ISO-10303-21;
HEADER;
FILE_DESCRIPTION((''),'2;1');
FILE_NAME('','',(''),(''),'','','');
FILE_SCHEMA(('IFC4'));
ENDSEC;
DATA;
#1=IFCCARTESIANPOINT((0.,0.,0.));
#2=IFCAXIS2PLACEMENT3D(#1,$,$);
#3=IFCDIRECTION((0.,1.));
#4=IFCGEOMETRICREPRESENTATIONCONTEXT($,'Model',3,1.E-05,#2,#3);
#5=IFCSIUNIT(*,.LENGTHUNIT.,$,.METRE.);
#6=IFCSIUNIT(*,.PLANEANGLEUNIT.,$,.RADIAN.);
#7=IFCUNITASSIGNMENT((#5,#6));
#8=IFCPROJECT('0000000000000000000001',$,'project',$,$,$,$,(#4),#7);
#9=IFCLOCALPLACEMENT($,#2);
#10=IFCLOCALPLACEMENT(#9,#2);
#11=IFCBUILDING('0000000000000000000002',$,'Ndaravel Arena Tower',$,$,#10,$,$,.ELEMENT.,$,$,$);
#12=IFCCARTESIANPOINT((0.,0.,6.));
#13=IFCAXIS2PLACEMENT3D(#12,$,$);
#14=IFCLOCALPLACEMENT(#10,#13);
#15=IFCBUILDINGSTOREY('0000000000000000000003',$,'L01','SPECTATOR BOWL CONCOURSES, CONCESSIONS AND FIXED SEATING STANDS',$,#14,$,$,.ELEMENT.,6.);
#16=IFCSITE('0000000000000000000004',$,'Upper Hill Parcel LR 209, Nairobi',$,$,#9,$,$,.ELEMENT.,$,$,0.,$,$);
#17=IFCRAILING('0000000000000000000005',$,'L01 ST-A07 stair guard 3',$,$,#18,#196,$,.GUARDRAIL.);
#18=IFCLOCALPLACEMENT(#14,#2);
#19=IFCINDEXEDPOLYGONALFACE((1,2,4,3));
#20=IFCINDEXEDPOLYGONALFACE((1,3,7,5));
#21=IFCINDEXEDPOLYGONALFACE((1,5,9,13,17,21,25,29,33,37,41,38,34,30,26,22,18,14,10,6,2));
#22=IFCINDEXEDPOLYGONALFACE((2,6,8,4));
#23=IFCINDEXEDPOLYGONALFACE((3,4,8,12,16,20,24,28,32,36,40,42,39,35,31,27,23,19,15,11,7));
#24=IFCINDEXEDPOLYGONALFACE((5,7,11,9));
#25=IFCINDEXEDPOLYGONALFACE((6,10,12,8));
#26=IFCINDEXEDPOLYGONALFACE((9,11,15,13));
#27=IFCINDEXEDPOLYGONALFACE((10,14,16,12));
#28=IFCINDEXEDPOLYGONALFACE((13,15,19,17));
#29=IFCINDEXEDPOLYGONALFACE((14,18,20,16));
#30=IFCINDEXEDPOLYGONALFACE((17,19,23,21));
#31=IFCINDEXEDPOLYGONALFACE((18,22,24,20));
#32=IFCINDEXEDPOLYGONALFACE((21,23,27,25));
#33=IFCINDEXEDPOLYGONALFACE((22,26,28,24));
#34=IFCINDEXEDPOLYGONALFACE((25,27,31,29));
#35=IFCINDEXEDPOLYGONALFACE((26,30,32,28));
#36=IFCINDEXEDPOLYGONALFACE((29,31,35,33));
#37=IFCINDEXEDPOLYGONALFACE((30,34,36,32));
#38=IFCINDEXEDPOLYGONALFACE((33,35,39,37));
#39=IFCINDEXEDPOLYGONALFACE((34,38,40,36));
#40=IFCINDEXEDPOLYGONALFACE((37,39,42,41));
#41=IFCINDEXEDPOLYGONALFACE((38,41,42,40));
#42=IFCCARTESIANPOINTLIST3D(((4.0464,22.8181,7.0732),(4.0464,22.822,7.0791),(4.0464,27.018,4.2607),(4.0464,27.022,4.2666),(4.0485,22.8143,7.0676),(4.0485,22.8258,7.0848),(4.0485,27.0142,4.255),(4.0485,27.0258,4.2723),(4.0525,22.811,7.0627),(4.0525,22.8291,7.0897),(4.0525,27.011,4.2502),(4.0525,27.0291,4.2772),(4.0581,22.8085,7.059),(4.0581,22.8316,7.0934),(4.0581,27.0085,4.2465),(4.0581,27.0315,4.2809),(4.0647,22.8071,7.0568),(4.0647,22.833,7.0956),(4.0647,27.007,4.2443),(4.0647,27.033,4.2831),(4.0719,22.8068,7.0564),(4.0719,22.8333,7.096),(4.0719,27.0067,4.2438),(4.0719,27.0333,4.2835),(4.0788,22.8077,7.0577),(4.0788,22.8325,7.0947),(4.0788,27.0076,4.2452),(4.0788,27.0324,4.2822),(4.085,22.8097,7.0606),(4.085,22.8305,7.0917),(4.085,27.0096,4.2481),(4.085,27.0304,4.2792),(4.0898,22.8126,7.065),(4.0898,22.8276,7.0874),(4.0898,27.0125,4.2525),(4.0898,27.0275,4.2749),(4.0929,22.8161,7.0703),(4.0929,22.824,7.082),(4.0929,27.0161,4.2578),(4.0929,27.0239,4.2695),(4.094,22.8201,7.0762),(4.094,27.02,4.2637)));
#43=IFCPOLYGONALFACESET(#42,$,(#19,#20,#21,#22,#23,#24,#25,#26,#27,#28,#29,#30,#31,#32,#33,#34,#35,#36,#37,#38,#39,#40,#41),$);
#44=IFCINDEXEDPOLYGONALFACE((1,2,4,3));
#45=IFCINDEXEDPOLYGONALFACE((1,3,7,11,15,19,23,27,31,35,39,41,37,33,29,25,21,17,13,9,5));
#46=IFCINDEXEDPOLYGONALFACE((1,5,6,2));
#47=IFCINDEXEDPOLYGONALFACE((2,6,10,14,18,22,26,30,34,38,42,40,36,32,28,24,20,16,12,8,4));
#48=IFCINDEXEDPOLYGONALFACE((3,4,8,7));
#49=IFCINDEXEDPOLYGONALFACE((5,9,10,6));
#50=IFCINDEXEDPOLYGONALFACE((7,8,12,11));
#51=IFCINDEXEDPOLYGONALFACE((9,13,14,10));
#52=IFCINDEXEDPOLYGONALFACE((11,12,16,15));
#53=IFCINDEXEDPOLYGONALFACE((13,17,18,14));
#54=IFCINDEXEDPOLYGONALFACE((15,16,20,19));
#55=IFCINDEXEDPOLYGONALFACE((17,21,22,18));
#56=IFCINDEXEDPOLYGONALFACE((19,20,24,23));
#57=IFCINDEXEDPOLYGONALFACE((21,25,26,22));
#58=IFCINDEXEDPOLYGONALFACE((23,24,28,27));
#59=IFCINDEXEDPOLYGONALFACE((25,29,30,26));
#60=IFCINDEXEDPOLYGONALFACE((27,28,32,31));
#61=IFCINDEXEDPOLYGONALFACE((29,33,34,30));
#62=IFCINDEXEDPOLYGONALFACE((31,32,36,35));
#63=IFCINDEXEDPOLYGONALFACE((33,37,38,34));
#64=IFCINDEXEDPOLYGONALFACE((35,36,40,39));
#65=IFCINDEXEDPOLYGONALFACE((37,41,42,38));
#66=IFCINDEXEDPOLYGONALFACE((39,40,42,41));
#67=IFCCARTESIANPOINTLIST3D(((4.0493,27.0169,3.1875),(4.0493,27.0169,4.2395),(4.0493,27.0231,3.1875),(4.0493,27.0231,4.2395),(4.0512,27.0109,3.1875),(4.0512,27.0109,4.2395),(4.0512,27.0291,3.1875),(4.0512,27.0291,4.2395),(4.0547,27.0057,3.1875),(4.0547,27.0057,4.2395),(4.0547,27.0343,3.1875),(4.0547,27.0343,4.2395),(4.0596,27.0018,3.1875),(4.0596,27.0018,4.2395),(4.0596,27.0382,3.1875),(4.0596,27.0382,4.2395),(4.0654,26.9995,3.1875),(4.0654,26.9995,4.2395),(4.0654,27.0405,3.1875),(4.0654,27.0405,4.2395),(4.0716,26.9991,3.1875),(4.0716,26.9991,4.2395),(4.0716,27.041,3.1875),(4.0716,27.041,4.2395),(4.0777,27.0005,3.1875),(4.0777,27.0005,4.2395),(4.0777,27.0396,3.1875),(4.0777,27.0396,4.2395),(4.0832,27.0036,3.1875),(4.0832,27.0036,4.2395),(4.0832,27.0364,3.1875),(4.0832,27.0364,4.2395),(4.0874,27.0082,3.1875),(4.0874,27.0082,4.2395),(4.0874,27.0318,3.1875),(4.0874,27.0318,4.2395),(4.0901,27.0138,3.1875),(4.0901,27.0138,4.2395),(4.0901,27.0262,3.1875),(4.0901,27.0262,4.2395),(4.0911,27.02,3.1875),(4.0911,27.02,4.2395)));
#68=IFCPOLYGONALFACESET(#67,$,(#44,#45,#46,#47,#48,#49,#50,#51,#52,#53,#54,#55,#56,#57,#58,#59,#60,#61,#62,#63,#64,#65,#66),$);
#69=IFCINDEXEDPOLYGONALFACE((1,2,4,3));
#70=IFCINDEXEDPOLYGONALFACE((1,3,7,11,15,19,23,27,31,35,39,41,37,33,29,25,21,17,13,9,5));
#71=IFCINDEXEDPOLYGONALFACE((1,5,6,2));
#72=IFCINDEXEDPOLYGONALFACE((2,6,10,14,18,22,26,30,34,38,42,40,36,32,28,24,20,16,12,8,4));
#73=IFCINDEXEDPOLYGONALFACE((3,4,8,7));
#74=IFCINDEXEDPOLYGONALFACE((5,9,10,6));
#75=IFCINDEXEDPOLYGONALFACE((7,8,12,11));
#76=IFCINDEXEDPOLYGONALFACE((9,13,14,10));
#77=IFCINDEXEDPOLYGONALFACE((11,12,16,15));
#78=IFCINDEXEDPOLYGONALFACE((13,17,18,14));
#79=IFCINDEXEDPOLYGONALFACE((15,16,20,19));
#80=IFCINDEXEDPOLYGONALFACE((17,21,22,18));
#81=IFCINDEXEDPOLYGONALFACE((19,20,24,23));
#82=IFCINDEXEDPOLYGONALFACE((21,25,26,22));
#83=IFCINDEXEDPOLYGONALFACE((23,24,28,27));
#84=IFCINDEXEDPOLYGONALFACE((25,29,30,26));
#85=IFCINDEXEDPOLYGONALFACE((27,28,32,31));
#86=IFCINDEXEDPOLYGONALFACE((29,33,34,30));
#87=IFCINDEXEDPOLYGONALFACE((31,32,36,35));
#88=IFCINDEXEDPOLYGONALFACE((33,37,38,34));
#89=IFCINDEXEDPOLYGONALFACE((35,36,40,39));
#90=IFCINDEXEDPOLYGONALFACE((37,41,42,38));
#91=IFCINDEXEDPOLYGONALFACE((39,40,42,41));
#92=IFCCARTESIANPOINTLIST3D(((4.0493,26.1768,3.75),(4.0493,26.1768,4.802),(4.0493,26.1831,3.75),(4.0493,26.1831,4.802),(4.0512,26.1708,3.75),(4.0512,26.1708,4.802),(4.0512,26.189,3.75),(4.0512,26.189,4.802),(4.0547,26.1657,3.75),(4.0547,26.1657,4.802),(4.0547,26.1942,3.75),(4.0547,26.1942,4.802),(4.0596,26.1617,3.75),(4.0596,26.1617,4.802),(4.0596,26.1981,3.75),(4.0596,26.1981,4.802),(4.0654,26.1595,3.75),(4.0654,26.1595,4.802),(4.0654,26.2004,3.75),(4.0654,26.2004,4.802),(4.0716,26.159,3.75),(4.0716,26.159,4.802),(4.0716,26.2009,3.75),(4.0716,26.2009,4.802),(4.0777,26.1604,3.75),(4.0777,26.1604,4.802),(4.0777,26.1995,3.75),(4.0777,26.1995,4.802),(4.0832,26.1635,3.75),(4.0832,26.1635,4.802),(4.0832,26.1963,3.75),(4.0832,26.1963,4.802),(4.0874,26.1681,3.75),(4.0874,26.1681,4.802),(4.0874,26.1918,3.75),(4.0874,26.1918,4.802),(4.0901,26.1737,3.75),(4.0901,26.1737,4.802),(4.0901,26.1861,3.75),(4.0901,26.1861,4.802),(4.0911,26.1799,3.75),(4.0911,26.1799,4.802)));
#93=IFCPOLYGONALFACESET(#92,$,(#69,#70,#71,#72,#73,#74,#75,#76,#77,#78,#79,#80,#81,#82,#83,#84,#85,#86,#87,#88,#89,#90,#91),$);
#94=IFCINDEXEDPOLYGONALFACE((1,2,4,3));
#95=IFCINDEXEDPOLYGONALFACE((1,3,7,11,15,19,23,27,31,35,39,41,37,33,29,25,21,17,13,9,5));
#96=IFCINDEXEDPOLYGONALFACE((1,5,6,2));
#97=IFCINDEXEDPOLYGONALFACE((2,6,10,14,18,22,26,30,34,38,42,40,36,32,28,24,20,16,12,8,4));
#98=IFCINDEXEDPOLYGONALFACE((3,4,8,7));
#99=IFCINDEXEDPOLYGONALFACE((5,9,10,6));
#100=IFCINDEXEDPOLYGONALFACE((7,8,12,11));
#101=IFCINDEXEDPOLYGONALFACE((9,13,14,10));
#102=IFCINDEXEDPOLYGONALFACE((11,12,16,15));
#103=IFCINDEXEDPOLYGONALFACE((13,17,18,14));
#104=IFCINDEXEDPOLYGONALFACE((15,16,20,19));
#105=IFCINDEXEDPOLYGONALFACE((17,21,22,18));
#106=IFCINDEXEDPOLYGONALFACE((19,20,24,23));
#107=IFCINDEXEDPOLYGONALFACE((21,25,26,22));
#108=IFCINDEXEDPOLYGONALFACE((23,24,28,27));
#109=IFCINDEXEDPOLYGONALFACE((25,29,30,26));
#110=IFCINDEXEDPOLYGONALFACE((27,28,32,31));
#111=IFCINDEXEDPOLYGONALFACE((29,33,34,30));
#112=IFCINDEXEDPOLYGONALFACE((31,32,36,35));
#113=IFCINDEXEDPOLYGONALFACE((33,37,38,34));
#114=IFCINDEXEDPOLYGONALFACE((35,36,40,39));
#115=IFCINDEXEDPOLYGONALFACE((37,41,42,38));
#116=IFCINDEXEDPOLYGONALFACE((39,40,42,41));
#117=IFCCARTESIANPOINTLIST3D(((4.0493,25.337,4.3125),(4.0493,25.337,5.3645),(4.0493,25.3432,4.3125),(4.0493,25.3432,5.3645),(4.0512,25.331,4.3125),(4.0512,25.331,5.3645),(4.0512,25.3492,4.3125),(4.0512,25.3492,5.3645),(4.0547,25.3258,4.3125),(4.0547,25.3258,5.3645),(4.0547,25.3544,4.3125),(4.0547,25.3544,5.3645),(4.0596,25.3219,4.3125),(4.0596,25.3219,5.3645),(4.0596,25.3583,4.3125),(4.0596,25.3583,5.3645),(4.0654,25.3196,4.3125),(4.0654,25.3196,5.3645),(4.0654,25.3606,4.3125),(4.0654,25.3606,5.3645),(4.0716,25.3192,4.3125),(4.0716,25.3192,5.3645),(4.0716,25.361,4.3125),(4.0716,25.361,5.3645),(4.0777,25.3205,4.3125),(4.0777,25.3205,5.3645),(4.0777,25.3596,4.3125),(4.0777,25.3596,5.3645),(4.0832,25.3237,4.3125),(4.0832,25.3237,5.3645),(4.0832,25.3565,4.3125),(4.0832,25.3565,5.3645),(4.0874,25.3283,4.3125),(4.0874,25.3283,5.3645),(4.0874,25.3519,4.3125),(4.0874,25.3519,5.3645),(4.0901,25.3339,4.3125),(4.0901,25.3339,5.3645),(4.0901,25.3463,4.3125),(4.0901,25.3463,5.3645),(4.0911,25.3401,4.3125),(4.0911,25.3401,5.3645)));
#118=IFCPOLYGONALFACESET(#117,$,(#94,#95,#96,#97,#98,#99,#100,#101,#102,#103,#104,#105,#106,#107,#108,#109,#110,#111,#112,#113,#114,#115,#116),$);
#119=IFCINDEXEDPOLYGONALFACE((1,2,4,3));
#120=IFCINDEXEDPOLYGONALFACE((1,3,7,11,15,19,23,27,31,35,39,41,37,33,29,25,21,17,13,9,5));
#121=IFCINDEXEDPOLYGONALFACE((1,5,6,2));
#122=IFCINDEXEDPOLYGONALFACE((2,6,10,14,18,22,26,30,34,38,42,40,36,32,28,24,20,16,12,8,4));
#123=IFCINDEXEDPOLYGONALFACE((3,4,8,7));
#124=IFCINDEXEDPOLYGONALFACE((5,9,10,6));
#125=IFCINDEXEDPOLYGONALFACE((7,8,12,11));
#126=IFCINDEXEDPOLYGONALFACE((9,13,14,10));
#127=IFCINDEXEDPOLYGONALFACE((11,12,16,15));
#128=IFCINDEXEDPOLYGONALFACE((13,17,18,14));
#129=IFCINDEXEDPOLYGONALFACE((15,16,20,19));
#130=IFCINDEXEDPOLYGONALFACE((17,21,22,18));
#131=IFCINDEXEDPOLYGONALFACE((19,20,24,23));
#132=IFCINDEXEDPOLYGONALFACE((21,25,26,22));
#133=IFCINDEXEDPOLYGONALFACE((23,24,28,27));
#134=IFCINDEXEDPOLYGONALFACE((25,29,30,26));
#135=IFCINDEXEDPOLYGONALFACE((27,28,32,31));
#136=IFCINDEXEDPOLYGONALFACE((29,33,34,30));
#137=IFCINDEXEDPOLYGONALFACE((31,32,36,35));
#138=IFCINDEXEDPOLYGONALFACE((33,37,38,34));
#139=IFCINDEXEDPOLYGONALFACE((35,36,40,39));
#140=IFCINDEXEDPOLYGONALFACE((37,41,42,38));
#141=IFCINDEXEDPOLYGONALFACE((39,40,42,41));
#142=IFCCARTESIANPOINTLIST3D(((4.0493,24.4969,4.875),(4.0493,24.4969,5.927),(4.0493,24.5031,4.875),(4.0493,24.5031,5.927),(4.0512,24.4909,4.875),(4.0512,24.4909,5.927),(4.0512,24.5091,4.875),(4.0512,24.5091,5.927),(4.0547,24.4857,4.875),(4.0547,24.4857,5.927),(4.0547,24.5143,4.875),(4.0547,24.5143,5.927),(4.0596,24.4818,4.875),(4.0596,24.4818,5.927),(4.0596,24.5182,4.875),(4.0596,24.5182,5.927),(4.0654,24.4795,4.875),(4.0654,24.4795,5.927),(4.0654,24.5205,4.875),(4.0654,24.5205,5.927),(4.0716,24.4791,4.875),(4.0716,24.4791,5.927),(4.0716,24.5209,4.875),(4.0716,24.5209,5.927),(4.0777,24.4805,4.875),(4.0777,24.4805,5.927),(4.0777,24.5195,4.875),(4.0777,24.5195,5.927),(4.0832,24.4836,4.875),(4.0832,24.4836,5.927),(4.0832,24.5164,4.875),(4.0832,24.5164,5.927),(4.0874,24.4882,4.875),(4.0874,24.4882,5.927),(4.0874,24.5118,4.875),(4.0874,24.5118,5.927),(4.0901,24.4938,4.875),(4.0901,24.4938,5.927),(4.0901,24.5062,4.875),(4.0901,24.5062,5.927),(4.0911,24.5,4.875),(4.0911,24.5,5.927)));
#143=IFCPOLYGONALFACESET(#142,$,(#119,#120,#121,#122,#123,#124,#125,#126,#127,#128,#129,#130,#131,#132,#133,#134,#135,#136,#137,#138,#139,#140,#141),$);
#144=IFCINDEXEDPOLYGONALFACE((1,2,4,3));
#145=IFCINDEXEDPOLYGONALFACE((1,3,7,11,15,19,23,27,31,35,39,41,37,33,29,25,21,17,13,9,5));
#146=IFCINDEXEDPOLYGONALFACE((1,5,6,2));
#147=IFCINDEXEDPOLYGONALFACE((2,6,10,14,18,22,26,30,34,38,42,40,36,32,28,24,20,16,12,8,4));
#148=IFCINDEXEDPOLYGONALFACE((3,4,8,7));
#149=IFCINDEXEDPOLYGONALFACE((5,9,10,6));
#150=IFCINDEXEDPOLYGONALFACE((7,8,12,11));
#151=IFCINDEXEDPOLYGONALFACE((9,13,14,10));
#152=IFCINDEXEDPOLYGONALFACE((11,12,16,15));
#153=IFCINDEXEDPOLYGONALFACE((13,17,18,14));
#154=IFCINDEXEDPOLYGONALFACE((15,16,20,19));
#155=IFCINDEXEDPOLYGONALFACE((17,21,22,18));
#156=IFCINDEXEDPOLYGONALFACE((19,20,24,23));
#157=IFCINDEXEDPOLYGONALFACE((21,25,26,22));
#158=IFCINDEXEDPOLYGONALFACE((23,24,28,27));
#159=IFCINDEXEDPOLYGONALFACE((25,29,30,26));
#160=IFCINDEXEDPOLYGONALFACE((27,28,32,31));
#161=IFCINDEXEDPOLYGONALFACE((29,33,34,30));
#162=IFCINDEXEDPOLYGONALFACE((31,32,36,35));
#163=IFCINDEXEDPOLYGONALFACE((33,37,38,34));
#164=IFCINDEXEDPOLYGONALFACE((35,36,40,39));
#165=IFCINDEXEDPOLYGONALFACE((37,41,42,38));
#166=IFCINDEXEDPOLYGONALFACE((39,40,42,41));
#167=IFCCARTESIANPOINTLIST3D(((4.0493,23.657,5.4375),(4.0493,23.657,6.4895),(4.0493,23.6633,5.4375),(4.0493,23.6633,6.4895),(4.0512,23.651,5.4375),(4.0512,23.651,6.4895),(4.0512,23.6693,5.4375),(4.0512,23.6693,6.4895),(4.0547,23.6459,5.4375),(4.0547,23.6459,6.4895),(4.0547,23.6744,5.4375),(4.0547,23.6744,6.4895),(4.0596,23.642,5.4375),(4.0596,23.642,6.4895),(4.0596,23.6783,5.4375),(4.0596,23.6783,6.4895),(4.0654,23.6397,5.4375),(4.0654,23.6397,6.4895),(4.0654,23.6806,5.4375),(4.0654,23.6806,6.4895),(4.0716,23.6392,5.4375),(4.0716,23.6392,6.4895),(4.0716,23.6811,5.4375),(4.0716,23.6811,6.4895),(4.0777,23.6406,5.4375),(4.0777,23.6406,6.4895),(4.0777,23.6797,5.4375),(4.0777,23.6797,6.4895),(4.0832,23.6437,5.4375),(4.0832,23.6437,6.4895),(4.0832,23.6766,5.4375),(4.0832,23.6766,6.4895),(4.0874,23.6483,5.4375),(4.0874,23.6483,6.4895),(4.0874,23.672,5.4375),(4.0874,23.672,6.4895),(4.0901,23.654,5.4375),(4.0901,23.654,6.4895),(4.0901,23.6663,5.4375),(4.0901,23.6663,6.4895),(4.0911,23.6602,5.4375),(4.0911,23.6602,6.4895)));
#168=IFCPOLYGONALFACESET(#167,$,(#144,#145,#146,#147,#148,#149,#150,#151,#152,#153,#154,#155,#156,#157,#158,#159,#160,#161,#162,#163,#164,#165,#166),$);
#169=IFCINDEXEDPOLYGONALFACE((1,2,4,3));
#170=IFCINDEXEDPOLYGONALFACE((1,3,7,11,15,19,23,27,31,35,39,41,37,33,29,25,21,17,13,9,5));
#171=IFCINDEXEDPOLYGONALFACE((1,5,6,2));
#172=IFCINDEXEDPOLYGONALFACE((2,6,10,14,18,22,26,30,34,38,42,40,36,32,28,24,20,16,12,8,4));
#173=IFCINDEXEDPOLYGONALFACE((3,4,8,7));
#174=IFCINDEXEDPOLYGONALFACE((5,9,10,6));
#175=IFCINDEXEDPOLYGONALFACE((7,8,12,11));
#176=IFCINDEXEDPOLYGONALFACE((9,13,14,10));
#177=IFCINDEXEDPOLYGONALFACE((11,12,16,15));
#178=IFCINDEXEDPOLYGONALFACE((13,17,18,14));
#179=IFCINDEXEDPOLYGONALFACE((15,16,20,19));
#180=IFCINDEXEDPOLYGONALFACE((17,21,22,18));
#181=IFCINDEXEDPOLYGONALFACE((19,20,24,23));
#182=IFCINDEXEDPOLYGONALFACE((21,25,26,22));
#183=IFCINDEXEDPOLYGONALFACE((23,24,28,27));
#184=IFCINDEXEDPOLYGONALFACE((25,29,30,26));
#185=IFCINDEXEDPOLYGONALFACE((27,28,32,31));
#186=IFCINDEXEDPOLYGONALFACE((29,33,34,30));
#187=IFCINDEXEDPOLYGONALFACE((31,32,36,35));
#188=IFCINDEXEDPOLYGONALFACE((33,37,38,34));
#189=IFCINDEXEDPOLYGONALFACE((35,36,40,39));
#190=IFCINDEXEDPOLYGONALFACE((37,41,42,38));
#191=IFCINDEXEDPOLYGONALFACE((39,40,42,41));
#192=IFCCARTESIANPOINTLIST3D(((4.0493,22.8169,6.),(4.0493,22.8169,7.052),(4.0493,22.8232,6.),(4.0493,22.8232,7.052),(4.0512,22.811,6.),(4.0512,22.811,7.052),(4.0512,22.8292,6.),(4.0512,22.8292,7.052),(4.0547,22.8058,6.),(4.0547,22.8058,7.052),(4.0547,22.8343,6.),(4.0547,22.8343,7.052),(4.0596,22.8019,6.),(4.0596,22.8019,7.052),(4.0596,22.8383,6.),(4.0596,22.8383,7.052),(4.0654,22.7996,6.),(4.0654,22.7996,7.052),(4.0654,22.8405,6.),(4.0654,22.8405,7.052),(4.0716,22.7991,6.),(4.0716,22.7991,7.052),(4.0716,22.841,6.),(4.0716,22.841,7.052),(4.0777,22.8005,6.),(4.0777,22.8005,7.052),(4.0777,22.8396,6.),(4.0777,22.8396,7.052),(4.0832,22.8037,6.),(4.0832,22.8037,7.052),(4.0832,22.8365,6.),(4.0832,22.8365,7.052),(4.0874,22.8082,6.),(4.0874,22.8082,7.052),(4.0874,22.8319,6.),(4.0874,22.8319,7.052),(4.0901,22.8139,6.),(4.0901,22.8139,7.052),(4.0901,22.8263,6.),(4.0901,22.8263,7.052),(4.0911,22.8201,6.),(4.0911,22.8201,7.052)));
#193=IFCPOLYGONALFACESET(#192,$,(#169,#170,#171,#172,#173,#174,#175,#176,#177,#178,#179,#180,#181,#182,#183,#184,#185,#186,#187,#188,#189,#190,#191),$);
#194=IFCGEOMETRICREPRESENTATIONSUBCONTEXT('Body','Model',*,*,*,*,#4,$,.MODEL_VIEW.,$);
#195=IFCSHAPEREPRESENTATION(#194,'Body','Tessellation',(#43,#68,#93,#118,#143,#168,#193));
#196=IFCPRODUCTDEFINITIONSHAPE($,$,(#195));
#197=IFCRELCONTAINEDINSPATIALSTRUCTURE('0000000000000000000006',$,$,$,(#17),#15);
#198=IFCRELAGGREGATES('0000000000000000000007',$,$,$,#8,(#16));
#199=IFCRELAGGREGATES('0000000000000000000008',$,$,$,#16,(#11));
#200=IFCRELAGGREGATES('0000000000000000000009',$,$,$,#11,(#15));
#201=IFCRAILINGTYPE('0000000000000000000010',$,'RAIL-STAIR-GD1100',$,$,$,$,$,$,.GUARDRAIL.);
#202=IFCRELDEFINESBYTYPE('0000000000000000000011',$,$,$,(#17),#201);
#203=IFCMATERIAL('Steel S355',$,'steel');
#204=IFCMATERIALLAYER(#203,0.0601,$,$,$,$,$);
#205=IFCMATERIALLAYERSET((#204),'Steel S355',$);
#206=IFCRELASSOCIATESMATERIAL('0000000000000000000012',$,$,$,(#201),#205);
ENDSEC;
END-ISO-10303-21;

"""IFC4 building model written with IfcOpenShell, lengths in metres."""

from ifc_helpers import new_model, si_unit, direction, frame, origin, origin_2d, place, context, subcontext, project, spatial, circle, extrude, material, layer, layer_set, type_object, element, save


model = new_model("IFC4")

# Units and contexts
model_context = context("Model", 3, precision=1e-05, world=origin(), true_north=direction((0.0, 1.0)))
body_context = subcontext(model_context, "Body", "Model", "MODEL_VIEW")
ifc_project = project(units=[si_unit("LENGTHUNIT", "METRE"), si_unit("PLANEANGLEUNIT", "RADIAN")], contexts=[model_context])

# Site, building, storey
site_placement = place(None, origin())
site = spatial("IfcSite", under=ifc_project, at=site_placement, Name="Upper Hill Parcel LR 209, Nairobi", CompositionType="ELEMENT", RefElevation=0.0)
building_placement = place(site_placement, origin())
building = spatial("IfcBuilding", under=site, at=building_placement, Name="Ndaravel Arena Tower", CompositionType="ELEMENT")
storey_placement = place(building_placement, frame((0.0, 0.0, 6.0)))
storey = spatial("IfcBuildingStorey", under=building, at=storey_placement, Name="L01", Description="SPECTATOR BOWL CONCOURSES, CONCESSIONS AND FIXED SEATING STANDS", CompositionType="ELEMENT", Elevation=6.0)

# Railing
ifc_material_1 = material(Name="Steel S355", Category="steel")
ifc_layer_1 = layer(ifc_material_1, 0.0601)
ifc_layer_set_1 = layer_set([ifc_layer_1], Name="Steel S355")
railing_type_1 = type_object("IfcRailingType", Name="RAIL-STAIR-GD1100", PredefinedType="GUARDRAIL", material=ifc_layer_set_1)
railing_1_placement = place(storey_placement, frame((4.0701, 27.02, 3.1875)))
element("IfcRailing", 1, at=railing_1_placement, inside=storey, type_object=railing_type_1, Name="L01 ST-A07 stair guard 3", PredefinedType="GUARDRAIL", context=body_context, shape_type="SweptSolid", body=[
    extrude(circle(Radius=0.0239, at=origin_2d()), frame((0.0, 0.0, 1.0762), z_axis=(0.0, -0.830904, 0.556416), x_axis=(1.0, 0.0, 0.0)), (0.0, 0.0, 1.0), 5.0547),
    extrude(circle(Radius=0.021, at=origin_2d()), origin(), (0.0, 0.0, 1.0), 1.052),
    extrude(circle(Radius=0.021, at=origin_2d()), frame((0.0, -0.8401, 0.5625)), (0.0, 0.0, 1.0), 1.052),
    extrude(circle(Radius=0.021, at=origin_2d()), frame((0.0, -1.6799, 1.125)), (0.0, 0.0, 1.0), 1.052),
    extrude(circle(Radius=0.021, at=origin_2d()), frame((0.0, -2.52, 1.6875)), (0.0, 0.0, 1.0), 1.052),
    extrude(circle(Radius=0.021, at=origin_2d()), frame((0.0, -3.3599, 2.25)), (0.0, 0.0, 1.0), 1.052),
    extrude(circle(Radius=0.021, at=origin_2d()), frame((0.0, -4.2, 2.8125)), (0.0, 0.0, 1.0), 1.052),
])

save(model, "model.ifc")
